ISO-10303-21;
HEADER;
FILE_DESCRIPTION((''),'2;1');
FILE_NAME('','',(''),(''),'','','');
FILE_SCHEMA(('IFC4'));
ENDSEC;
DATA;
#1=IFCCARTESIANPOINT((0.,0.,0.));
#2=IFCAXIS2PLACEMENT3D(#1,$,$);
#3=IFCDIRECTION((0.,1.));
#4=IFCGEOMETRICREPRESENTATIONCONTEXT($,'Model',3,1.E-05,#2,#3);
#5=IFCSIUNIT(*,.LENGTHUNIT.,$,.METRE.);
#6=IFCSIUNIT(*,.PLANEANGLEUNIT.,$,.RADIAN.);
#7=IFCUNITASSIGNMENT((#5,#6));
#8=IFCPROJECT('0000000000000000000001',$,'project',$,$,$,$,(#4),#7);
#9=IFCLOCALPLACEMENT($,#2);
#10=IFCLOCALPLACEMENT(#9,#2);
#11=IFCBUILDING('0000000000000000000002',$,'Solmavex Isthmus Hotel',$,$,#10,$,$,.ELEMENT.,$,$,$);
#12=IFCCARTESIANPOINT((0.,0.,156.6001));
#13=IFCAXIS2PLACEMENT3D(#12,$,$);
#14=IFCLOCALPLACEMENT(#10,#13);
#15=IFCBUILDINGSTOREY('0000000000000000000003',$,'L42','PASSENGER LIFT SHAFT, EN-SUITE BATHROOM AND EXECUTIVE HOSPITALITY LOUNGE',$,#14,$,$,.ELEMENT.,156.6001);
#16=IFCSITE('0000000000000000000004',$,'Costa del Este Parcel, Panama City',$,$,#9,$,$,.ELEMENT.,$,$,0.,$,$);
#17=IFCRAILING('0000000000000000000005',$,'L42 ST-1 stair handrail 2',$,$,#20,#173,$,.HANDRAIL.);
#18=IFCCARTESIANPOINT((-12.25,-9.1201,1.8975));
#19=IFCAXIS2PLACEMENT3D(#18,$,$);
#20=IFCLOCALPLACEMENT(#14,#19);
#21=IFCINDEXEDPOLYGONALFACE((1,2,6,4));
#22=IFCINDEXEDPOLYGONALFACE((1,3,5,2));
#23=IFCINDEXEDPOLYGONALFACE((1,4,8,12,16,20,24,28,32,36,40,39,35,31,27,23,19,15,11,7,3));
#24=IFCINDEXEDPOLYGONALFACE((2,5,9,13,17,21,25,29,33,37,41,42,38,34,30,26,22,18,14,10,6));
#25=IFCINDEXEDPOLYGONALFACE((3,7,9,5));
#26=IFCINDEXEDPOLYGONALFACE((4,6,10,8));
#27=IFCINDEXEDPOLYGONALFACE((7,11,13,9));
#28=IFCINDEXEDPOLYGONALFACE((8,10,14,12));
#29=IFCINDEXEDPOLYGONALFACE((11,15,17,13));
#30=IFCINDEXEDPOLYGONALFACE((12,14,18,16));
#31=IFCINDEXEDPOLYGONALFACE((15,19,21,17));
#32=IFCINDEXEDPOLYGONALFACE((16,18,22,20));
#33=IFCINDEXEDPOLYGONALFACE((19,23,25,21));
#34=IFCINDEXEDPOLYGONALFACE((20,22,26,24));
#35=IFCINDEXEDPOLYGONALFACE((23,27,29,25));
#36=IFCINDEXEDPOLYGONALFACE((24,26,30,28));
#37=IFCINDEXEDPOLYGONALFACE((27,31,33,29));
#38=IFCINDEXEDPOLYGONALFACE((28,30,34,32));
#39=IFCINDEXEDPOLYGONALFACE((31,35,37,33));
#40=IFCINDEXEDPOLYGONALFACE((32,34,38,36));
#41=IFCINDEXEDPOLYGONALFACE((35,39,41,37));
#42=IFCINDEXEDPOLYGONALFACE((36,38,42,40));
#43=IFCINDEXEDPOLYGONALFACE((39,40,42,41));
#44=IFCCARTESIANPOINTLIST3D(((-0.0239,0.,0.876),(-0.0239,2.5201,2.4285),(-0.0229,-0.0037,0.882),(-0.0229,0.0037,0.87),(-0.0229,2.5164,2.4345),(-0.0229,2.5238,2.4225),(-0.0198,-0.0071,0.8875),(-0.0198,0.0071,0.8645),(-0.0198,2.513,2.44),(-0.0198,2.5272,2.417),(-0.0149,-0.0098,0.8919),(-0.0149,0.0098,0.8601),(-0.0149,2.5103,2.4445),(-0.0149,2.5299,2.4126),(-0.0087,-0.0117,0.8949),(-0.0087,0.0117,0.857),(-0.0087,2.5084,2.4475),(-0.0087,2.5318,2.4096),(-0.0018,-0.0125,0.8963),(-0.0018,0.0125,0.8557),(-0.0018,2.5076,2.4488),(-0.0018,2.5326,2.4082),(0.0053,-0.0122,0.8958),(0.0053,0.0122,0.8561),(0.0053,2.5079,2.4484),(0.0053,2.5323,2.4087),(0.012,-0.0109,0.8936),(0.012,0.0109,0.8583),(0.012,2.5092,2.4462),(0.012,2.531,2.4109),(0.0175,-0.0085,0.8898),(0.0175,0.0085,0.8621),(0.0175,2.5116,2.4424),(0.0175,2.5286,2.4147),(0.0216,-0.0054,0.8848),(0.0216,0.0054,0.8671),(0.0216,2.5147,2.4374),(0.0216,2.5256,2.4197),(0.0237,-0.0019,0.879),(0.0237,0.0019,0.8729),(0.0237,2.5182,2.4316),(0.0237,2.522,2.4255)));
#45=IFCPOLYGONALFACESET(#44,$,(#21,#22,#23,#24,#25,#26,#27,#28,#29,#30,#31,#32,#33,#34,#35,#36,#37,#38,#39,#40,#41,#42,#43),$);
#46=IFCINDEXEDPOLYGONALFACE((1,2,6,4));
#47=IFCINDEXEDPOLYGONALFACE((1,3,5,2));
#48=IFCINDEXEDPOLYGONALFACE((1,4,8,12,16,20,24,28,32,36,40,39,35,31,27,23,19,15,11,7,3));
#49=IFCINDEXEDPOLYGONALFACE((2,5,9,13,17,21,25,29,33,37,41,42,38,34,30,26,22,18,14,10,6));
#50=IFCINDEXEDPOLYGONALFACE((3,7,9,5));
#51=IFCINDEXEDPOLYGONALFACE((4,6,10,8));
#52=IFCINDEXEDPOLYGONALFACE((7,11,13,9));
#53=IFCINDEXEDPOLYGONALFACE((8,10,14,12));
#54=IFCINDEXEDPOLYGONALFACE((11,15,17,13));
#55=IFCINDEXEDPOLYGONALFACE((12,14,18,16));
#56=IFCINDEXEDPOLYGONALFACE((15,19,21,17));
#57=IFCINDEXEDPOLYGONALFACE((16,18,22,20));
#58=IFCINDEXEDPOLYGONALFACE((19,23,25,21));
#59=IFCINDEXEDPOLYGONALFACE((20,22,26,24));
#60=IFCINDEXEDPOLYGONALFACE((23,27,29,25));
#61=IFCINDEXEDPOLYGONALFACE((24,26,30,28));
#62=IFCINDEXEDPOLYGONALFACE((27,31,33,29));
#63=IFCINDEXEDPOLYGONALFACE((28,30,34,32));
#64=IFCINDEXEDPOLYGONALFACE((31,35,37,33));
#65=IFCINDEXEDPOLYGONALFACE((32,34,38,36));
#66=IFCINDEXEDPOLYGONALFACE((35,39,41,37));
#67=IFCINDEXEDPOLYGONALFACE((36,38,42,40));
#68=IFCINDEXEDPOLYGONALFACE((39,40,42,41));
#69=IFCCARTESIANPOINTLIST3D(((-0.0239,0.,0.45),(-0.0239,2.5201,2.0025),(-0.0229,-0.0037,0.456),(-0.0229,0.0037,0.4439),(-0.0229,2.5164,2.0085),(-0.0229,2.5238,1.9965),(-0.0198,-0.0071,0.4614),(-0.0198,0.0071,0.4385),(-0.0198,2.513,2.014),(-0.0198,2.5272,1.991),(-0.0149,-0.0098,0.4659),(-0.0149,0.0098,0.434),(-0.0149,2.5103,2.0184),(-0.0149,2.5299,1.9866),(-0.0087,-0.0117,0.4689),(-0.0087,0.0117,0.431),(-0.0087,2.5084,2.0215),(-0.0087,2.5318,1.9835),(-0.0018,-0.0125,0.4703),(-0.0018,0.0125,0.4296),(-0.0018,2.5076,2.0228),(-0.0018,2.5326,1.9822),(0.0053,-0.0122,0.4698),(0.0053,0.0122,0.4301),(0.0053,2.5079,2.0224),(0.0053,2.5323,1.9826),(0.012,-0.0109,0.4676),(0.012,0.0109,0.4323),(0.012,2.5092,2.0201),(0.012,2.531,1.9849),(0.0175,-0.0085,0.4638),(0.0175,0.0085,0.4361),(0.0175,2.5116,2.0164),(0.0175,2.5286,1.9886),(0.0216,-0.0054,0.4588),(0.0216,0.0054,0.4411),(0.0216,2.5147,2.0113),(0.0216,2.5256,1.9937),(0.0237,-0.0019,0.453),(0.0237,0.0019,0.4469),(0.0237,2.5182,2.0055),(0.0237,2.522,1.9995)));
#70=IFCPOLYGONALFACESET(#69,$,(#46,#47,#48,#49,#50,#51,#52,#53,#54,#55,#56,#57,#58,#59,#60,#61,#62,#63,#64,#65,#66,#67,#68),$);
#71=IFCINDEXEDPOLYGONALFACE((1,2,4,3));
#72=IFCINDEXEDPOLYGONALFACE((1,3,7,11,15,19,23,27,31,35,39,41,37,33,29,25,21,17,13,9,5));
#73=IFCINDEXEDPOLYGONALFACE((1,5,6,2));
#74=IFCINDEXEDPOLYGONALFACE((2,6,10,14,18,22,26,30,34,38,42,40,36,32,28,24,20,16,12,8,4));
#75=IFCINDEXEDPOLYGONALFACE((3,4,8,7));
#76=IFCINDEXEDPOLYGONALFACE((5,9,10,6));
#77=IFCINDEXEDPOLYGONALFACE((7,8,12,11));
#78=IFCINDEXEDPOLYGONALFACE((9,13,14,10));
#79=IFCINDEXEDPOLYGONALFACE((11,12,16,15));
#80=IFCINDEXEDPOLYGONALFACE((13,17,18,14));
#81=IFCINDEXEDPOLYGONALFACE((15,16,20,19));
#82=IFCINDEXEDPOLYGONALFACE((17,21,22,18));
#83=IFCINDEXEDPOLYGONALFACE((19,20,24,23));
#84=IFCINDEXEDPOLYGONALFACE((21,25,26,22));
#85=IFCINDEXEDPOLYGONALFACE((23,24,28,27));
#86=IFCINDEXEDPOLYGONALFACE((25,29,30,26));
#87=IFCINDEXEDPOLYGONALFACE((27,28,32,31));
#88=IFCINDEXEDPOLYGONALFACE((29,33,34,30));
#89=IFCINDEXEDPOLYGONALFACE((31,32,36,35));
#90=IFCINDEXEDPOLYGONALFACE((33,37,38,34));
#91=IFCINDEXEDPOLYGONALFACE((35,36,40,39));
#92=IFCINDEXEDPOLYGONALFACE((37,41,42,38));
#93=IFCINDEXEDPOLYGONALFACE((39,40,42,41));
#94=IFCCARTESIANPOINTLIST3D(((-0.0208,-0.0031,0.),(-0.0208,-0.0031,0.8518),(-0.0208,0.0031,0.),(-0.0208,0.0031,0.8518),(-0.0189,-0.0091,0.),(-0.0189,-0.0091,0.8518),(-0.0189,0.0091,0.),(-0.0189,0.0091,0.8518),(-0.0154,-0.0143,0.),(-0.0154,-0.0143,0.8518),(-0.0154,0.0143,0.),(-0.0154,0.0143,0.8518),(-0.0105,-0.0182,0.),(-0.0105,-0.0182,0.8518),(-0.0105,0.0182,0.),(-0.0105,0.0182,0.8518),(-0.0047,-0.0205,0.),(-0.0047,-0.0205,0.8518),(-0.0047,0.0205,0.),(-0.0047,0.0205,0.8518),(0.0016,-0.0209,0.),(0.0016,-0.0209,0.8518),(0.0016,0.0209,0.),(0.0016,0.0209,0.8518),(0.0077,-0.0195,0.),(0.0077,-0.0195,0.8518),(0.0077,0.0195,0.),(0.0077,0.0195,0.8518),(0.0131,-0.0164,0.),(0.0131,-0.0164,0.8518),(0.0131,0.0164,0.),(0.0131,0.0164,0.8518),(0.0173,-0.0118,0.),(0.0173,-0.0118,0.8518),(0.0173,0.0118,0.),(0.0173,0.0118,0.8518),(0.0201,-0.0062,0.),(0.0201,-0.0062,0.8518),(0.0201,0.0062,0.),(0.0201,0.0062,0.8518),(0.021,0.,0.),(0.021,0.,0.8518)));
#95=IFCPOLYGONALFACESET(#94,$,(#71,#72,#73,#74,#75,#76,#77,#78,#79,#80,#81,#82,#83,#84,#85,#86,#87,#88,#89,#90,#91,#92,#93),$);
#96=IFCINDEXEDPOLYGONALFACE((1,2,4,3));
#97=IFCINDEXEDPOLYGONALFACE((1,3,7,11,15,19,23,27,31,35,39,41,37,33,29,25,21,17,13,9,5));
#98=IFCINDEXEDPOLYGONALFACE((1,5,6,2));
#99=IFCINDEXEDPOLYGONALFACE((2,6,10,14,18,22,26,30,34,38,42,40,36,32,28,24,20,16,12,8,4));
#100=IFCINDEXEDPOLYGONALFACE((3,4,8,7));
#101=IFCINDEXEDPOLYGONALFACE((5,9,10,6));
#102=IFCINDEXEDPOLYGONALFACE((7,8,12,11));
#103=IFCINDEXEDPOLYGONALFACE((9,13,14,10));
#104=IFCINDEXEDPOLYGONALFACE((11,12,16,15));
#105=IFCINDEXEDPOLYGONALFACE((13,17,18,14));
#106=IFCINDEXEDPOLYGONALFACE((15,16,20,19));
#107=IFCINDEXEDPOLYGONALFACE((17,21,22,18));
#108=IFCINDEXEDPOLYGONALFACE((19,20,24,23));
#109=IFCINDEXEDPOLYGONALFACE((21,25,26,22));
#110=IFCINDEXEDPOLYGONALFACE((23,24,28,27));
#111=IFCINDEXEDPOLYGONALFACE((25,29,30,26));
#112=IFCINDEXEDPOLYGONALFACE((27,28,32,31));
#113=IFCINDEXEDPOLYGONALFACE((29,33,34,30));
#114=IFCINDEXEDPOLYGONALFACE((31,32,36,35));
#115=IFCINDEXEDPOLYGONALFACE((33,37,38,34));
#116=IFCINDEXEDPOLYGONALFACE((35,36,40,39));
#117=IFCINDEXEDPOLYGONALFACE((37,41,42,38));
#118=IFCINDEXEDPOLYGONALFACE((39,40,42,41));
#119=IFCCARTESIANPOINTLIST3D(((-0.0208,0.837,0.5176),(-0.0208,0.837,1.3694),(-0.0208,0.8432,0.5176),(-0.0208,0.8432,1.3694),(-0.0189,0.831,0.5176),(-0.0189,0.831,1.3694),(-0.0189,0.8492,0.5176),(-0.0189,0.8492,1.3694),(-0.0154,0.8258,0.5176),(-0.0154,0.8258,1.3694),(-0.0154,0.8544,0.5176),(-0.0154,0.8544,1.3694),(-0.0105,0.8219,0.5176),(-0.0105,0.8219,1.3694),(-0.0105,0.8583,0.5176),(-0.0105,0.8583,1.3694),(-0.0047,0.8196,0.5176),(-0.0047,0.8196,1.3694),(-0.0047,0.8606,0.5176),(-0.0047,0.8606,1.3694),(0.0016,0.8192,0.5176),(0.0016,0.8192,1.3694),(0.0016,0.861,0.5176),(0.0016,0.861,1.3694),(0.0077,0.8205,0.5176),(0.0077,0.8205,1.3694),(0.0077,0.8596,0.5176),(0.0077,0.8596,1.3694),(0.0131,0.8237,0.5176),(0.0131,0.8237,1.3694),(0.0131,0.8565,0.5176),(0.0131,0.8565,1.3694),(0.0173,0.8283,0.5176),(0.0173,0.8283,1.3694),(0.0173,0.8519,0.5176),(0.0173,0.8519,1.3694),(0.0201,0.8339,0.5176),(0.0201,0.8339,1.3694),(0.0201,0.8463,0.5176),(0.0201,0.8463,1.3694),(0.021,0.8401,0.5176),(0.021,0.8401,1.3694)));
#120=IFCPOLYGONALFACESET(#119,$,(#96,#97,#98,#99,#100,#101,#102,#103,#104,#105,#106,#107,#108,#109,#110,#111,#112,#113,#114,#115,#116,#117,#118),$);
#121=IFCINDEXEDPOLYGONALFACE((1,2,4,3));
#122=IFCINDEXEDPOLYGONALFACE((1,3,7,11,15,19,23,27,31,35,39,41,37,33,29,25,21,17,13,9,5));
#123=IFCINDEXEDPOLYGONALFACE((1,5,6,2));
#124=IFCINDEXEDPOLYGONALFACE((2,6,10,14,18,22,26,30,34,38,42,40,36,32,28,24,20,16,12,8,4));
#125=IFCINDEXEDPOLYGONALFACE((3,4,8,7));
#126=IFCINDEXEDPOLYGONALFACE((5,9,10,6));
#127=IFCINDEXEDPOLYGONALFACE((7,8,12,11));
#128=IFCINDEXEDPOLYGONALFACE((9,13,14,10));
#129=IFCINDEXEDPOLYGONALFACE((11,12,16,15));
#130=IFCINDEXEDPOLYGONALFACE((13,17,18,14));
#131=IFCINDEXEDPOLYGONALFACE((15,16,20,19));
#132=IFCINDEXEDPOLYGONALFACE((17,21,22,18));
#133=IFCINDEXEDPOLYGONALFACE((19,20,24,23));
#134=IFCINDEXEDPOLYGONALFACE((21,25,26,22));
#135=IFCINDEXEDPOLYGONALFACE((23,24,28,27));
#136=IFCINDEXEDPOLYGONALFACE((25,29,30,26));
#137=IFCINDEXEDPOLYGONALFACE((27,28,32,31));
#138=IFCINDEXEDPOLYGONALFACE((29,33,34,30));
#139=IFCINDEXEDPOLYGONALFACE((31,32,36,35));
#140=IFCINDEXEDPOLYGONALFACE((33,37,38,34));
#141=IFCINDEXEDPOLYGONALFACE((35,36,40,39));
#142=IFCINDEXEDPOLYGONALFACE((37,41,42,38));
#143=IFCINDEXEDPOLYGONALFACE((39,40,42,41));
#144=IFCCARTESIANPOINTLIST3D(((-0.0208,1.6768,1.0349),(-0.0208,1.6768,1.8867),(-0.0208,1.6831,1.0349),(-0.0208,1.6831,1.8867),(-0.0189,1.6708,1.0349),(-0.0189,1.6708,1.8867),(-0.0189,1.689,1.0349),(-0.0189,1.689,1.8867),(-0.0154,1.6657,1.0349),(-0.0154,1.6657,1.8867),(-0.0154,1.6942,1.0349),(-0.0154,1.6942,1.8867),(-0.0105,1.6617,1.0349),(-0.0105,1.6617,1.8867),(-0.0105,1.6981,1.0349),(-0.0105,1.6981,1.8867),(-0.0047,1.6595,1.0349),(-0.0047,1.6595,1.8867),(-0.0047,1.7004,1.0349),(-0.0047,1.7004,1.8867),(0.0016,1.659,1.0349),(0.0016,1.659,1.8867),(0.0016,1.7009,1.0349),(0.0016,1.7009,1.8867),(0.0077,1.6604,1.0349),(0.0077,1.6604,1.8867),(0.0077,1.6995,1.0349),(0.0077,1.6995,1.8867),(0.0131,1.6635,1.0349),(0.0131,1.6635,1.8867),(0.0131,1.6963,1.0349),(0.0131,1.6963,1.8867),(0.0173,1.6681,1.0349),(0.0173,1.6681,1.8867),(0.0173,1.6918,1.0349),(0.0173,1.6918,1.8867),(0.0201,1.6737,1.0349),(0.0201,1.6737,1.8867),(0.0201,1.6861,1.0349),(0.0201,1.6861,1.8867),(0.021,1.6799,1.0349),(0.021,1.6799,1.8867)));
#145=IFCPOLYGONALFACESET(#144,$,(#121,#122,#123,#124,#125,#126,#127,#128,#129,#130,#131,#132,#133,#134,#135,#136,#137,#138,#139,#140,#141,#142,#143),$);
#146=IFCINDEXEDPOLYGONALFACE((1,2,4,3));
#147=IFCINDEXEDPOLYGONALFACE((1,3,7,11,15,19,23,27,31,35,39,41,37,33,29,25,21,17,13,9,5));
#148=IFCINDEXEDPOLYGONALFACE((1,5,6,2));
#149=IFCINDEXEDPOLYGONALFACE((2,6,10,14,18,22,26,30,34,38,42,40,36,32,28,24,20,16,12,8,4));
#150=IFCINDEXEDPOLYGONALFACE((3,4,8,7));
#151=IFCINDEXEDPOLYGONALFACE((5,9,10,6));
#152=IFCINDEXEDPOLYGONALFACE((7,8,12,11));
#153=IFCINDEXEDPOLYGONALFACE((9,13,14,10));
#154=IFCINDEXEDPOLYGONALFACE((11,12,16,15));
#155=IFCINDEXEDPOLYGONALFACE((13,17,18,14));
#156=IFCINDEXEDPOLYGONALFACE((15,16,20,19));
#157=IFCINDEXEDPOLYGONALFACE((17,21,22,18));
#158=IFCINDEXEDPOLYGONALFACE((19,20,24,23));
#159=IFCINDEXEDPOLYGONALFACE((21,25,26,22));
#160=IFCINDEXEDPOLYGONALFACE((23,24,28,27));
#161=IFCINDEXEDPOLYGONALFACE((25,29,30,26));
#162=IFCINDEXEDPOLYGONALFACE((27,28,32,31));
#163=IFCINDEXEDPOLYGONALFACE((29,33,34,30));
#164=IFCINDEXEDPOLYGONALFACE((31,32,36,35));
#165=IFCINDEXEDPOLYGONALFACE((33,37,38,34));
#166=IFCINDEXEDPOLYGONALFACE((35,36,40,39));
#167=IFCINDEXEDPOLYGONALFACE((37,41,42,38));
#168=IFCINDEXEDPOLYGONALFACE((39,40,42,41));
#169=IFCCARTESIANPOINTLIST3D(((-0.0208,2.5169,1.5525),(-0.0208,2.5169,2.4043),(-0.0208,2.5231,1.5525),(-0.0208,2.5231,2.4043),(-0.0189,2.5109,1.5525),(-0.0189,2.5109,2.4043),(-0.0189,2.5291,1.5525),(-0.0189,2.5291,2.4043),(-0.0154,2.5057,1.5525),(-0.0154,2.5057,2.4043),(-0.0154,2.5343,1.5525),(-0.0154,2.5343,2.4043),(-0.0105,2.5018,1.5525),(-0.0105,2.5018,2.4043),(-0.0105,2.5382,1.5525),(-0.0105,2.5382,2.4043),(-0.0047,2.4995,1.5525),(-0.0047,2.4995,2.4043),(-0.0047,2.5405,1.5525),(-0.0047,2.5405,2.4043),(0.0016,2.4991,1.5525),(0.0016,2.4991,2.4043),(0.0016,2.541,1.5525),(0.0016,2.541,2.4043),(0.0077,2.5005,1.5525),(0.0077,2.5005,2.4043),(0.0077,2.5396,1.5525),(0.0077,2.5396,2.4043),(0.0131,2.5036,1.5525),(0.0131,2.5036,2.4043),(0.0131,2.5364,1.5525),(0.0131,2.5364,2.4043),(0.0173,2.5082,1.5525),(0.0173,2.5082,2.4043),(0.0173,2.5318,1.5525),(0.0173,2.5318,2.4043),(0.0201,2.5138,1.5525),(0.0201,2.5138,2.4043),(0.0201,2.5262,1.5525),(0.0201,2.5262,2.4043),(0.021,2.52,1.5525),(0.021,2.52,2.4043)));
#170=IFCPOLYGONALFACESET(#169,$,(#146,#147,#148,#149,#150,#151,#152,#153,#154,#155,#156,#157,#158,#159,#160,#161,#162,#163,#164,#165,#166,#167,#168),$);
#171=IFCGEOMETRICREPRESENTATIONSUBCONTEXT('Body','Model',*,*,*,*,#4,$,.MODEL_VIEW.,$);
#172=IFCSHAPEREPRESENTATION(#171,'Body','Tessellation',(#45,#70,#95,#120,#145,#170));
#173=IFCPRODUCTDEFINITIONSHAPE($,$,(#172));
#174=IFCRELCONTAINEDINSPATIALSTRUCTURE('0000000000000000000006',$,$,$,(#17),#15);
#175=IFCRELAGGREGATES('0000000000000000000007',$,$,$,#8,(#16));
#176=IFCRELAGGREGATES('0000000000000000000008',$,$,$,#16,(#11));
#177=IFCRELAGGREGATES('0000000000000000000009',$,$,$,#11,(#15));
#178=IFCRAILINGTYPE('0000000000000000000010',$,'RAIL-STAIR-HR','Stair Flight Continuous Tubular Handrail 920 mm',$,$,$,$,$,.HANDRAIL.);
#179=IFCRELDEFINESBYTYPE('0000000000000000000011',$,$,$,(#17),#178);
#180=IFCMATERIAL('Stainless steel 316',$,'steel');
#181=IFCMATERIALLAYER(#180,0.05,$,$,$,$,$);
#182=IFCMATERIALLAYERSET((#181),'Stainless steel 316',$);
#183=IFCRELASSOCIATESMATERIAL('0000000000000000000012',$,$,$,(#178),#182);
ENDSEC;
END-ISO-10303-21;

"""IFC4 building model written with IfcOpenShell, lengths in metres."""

from ifc_helpers import new_model, si_unit, direction, frame, origin, origin_2d, place, context, subcontext, project, spatial, circle, extrude, material, layer, layer_set, type_object, element, save


model = new_model("IFC4")

# Units and contexts
model_context = context("Model", 3, precision=1e-05, world=origin(), true_north=direction((0.0, 1.0)))
body_context = subcontext(model_context, "Body", "Model", "MODEL_VIEW")
ifc_project = project(units=[si_unit("LENGTHUNIT", "METRE"), si_unit("PLANEANGLEUNIT", "RADIAN")], contexts=[model_context])

# Site, building, storey
site_placement = place(None, origin())
site = spatial("IfcSite", under=ifc_project, at=site_placement, Name="Costa del Este Parcel, Panama City", CompositionType="ELEMENT", RefElevation=0.0)
building_placement = place(site_placement, origin())
building = spatial("IfcBuilding", under=site, at=building_placement, Name="Solmavex Isthmus Hotel", CompositionType="ELEMENT")
storey_placement = place(building_placement, frame((0.0, 0.0, 156.6001)))
storey = spatial("IfcBuildingStorey", under=building, at=storey_placement, Name="L42", Description="PASSENGER LIFT SHAFT, EN-SUITE BATHROOM AND EXECUTIVE HOSPITALITY LOUNGE", CompositionType="ELEMENT", Elevation=156.6001)

# Shared definitions
ifc_material_1 = material(Name="Stainless steel 316", Category="steel")

# Railing
ifc_layer_1 = layer(ifc_material_1, 0.05)
ifc_layer_set_1 = layer_set([ifc_layer_1], Name="Stainless steel 316")
railing_type_1 = type_object("IfcRailingType", Name="RAIL-STAIR-HR", Description="Stair Flight Continuous Tubular Handrail 920 mm", PredefinedType="HANDRAIL", material=ifc_layer_set_1)
railing_1_placement = place(storey_placement, frame((-12.25, -9.1201, 1.8975)))
element("IfcRailing", 1, at=railing_1_placement, inside=storey, type_object=railing_type_1, Name="L42 ST-1 stair handrail 2", PredefinedType="HANDRAIL", context=body_context, shape_type="SweptSolid", body=[
    extrude(circle(Radius=0.0239, at=origin_2d()), frame((0.0, 0.0, 0.876), z_axis=(0.0, 0.8514, 0.524516), x_axis=(-1.0, 0.0, 0.0)), (0.0, 0.0, 1.0), 2.96),
    extrude(circle(Radius=0.0239, at=origin_2d()), frame((0.0, 0.0, 0.45), z_axis=(0.0, 0.8514, 0.524516), x_axis=(-1.0, 0.0, 0.0)), (0.0, 0.0, 1.0), 2.96),
    extrude(circle(Radius=0.021, at=origin_2d()), origin(), (0.0, 0.0, 1.0), 0.8518),
    extrude(circle(Radius=0.021, at=origin_2d()), frame((0.0, 0.8401, 0.5176)), (0.0, 0.0, 1.0), 0.8518),
    extrude(circle(Radius=0.021, at=origin_2d()), frame((0.0, 1.6799, 1.0349)), (0.0, 0.0, 1.0), 0.8518),
    extrude(circle(Radius=0.021, at=origin_2d()), frame((0.0, 2.52, 1.5525)), (0.0, 0.0, 1.0), 0.8518),
])

save(model, "model.ifc")
